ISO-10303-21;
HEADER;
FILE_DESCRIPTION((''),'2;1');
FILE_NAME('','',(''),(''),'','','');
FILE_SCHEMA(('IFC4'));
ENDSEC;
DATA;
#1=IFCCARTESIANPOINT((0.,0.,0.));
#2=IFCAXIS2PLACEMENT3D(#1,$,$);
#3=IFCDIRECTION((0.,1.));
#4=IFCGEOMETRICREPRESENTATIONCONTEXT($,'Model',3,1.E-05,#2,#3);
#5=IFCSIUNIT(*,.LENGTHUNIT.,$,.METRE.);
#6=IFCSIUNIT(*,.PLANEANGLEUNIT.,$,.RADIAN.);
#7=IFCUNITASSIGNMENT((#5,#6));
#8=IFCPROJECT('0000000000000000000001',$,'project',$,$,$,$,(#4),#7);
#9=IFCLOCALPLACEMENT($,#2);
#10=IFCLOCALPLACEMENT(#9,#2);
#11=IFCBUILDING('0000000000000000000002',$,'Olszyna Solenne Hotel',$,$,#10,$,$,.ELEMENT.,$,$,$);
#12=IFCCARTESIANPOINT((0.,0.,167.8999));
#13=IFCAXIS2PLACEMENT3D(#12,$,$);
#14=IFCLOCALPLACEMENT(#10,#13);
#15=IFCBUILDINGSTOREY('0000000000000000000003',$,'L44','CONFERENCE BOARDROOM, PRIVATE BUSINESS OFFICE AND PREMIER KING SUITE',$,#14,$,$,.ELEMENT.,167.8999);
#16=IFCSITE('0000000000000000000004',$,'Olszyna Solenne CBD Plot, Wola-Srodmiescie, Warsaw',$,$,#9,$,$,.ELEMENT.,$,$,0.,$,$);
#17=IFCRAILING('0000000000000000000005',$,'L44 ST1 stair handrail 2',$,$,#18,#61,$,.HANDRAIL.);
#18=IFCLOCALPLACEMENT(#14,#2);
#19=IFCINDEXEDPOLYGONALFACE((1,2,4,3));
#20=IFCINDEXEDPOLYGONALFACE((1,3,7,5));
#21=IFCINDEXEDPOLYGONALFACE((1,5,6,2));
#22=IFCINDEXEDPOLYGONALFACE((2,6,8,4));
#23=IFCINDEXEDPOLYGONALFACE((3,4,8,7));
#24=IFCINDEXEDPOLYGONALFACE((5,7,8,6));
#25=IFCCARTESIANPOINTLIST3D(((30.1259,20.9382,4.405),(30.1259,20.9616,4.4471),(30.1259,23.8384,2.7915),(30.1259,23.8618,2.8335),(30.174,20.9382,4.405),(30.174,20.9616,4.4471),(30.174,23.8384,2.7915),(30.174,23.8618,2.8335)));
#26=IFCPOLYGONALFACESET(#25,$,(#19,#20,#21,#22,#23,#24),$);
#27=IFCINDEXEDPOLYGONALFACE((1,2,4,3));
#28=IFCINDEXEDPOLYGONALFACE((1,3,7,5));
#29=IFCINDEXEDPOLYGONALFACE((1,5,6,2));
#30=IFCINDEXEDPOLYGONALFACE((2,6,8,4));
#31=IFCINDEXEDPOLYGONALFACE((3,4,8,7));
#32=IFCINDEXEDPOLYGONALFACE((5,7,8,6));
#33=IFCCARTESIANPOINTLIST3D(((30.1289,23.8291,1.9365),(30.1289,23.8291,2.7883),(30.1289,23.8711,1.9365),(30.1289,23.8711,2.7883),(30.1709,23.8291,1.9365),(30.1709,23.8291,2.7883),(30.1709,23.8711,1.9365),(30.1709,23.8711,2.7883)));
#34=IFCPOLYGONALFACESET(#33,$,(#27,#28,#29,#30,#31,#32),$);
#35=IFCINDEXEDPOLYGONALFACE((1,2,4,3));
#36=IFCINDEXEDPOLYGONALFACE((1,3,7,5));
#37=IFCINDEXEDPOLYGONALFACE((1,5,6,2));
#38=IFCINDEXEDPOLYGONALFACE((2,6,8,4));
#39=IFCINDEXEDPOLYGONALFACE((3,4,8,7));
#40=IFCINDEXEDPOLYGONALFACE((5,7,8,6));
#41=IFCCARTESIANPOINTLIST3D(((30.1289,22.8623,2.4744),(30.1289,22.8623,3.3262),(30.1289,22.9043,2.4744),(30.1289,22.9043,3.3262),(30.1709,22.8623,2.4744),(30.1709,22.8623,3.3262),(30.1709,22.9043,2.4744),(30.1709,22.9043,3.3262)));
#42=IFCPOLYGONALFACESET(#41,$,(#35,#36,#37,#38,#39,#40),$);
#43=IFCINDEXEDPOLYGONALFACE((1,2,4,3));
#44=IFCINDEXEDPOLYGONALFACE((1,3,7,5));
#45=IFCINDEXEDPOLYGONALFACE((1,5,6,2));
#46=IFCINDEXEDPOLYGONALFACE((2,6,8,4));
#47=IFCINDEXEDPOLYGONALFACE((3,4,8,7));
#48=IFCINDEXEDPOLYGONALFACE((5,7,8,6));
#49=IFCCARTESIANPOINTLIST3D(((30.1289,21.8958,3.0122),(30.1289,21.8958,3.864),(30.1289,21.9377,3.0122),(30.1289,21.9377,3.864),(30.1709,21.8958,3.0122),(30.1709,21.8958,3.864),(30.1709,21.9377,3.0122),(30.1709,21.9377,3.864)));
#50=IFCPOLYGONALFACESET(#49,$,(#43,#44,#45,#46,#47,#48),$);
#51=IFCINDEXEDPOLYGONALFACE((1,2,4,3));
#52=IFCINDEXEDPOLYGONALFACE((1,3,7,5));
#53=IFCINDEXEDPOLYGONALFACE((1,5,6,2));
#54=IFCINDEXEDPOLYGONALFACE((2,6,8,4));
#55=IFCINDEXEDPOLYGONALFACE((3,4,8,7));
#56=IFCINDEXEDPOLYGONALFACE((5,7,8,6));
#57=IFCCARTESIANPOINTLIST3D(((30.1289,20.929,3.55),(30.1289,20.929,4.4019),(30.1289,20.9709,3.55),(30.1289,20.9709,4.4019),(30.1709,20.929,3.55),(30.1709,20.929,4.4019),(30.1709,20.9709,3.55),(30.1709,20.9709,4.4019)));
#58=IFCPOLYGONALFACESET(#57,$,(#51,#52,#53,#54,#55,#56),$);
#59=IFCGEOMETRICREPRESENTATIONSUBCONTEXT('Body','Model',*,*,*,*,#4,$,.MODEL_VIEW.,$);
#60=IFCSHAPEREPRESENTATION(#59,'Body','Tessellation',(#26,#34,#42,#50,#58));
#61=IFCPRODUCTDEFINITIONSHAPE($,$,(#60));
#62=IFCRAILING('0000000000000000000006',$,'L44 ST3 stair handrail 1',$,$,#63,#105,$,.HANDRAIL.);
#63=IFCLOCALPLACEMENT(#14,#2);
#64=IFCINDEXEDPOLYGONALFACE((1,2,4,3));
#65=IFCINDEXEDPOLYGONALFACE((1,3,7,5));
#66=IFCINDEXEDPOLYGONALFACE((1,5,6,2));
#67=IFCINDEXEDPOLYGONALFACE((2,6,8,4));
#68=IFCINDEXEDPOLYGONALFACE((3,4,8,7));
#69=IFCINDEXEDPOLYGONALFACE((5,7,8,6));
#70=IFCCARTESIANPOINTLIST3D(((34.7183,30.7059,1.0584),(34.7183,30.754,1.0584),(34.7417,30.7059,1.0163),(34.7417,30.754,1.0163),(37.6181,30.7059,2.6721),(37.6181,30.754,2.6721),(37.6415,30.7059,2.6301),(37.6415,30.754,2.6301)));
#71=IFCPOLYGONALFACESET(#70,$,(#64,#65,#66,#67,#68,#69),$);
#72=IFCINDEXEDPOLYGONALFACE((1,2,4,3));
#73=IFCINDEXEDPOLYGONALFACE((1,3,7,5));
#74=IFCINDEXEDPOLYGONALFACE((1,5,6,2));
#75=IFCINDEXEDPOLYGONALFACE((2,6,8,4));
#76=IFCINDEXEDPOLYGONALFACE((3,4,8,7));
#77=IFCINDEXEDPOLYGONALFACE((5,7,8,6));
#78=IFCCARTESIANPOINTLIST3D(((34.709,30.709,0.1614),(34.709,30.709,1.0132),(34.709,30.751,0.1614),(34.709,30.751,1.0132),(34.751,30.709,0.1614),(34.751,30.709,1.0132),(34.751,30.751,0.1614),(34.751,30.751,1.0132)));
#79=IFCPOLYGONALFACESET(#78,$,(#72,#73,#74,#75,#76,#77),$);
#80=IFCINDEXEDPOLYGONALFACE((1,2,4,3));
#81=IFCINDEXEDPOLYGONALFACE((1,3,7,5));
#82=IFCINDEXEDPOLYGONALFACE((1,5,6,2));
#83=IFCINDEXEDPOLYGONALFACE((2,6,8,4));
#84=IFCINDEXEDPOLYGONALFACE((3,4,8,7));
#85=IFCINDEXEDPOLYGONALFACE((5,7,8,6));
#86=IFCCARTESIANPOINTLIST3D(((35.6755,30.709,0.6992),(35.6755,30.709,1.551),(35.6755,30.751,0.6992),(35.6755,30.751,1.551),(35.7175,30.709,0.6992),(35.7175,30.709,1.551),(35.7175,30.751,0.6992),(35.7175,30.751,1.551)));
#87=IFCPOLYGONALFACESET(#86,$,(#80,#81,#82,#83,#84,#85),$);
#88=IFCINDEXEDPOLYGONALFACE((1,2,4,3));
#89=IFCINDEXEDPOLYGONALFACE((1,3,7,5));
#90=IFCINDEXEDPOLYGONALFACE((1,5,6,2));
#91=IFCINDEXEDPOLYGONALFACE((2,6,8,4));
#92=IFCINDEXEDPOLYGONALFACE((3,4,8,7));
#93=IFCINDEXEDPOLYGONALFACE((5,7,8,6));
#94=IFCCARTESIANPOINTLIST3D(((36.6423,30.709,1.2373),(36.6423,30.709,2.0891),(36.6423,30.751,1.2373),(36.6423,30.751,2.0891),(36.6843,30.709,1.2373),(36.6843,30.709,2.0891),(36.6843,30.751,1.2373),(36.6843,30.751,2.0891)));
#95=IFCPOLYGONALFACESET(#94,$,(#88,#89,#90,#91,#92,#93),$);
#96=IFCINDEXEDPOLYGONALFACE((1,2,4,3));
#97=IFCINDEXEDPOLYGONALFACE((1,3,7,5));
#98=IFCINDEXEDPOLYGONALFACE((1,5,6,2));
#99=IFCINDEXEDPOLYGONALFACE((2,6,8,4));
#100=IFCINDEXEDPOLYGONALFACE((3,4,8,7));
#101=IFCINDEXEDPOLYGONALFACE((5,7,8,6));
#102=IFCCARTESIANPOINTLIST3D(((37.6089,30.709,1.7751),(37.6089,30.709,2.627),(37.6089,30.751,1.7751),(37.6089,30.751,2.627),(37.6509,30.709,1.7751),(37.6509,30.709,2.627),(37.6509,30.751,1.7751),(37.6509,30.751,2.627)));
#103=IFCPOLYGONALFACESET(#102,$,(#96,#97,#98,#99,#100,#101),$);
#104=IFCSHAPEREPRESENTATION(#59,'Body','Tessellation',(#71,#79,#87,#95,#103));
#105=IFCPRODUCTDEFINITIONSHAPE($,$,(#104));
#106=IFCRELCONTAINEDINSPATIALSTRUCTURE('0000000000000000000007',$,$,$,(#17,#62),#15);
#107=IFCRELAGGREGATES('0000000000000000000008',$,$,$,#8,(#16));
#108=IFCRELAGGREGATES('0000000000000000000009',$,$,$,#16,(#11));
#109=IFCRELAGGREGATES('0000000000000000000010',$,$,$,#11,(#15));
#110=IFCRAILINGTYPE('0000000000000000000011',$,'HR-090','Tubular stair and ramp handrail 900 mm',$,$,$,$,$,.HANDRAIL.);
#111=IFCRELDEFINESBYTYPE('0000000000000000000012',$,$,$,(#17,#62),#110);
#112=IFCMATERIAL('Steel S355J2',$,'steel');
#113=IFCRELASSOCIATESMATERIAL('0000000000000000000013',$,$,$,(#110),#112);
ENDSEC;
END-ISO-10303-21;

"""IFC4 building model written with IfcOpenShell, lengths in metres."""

from ifc_helpers import new_model, si_unit, direction, frame, origin, origin_2d, place, context, subcontext, project, spatial, rectangle, extrude, material, type_object, element, save


model = new_model("IFC4")

# Units and contexts
model_context = context("Model", 3, precision=1e-05, world=origin(), true_north=direction((0.0, 1.0)))
body_context = subcontext(model_context, "Body", "Model", "MODEL_VIEW")
ifc_project = project(units=[si_unit("LENGTHUNIT", "METRE"), si_unit("PLANEANGLEUNIT", "RADIAN")], contexts=[model_context])

# Site, building, storey
site_placement = place(None, origin())
site = spatial("IfcSite", under=ifc_project, at=site_placement, Name="Olszyna Solenne CBD Plot, Wola-Srodmiescie, Warsaw", CompositionType="ELEMENT", RefElevation=0.0)
building_placement = place(site_placement, origin())
building = spatial("IfcBuilding", under=site, at=building_placement, Name="Olszyna Solenne Hotel", CompositionType="ELEMENT")
storey_placement = place(building_placement, frame((0.0, 0.0, 167.8999)))
storey = spatial("IfcBuildingStorey", under=building, at=storey_placement, Name="L44", Description="CONFERENCE BOARDROOM, PRIVATE BUSINESS OFFICE AND PREMIER KING SUITE", CompositionType="ELEMENT", Elevation=167.8999)

# Shared definitions
ifc_material_1 = material(Name="Steel S355J2", Category="steel")

# Railings
railing_type_1 = type_object("IfcRailingType", Name="HR-090", Description="Tubular stair and ramp handrail 900 mm", PredefinedType="HANDRAIL", material=ifc_material_1)
railing_1_placement = place(storey_placement, frame((30.1499, 23.8501, 1.9365)))
element("IfcRailing", 1, at=railing_1_placement, inside=storey, type_object=railing_type_1, Name="L44 ST1 stair handrail 2", PredefinedType="HANDRAIL", context=body_context, shape_type="SweptSolid", body=[
    extrude(rectangle(XDim=0.0481, YDim=0.0481, at=origin_2d()), frame((0.0, 0.0, 0.876), z_axis=(0.0, -0.873859, 0.48618), x_axis=(1.0, 0.0, 0.0)), (0.0, 0.0, 1.0), 3.3188),
    extrude(rectangle(XDim=0.042, YDim=0.042, at=origin_2d()), origin(), (0.0, 0.0, 1.0), 0.8518),
    extrude(rectangle(XDim=0.042, YDim=0.042, at=origin_2d()), frame((0.0, -0.9668, 0.5378)), (0.0, 0.0, 1.0), 0.8518),
    extrude(rectangle(XDim=0.042, YDim=0.042, at=origin_2d()), frame((0.0, -1.9333, 1.0757)), (0.0, 0.0, 1.0), 0.8518),
    extrude(rectangle(XDim=0.042, YDim=0.042, at=origin_2d()), frame((0.0, -2.9001, 1.6135)), (0.0, 0.0, 1.0), 0.8518),
])
railing_2_placement = place(storey_placement, frame((34.73, 30.73, 0.1614)))
element("IfcRailing", 2, at=railing_2_placement, inside=storey, type_object=railing_type_1, Name="L44 ST3 stair handrail 1", PredefinedType="HANDRAIL", context=body_context, shape_type="SweptSolid", body=[
    extrude(rectangle(XDim=0.0481, YDim=0.0481, at=origin_2d()), frame((0.0, 0.0, 0.876), z_axis=(0.87381, 0.0, 0.486267), x_axis=(0.0, 1.0, 0.0)), (0.0, 0.0, 1.0), 3.3186),
    extrude(rectangle(XDim=0.042, YDim=0.042, at=origin_2d()), origin(), (0.0, 0.0, 1.0), 0.8518),
    extrude(rectangle(XDim=0.042, YDim=0.042, at=origin_2d()), frame((0.9666, 0.0, 0.5378)), (0.0, 0.0, 1.0), 0.8518),
    extrude(rectangle(XDim=0.042, YDim=0.042, at=origin_2d()), frame((1.9333, 0.0, 1.0759)), (0.0, 0.0, 1.0), 0.8518),
    extrude(rectangle(XDim=0.042, YDim=0.042, at=origin_2d()), frame((2.8999, 0.0, 1.6138)), (0.0, 0.0, 1.0), 0.8518),
])

save(model, "model.ifc")
